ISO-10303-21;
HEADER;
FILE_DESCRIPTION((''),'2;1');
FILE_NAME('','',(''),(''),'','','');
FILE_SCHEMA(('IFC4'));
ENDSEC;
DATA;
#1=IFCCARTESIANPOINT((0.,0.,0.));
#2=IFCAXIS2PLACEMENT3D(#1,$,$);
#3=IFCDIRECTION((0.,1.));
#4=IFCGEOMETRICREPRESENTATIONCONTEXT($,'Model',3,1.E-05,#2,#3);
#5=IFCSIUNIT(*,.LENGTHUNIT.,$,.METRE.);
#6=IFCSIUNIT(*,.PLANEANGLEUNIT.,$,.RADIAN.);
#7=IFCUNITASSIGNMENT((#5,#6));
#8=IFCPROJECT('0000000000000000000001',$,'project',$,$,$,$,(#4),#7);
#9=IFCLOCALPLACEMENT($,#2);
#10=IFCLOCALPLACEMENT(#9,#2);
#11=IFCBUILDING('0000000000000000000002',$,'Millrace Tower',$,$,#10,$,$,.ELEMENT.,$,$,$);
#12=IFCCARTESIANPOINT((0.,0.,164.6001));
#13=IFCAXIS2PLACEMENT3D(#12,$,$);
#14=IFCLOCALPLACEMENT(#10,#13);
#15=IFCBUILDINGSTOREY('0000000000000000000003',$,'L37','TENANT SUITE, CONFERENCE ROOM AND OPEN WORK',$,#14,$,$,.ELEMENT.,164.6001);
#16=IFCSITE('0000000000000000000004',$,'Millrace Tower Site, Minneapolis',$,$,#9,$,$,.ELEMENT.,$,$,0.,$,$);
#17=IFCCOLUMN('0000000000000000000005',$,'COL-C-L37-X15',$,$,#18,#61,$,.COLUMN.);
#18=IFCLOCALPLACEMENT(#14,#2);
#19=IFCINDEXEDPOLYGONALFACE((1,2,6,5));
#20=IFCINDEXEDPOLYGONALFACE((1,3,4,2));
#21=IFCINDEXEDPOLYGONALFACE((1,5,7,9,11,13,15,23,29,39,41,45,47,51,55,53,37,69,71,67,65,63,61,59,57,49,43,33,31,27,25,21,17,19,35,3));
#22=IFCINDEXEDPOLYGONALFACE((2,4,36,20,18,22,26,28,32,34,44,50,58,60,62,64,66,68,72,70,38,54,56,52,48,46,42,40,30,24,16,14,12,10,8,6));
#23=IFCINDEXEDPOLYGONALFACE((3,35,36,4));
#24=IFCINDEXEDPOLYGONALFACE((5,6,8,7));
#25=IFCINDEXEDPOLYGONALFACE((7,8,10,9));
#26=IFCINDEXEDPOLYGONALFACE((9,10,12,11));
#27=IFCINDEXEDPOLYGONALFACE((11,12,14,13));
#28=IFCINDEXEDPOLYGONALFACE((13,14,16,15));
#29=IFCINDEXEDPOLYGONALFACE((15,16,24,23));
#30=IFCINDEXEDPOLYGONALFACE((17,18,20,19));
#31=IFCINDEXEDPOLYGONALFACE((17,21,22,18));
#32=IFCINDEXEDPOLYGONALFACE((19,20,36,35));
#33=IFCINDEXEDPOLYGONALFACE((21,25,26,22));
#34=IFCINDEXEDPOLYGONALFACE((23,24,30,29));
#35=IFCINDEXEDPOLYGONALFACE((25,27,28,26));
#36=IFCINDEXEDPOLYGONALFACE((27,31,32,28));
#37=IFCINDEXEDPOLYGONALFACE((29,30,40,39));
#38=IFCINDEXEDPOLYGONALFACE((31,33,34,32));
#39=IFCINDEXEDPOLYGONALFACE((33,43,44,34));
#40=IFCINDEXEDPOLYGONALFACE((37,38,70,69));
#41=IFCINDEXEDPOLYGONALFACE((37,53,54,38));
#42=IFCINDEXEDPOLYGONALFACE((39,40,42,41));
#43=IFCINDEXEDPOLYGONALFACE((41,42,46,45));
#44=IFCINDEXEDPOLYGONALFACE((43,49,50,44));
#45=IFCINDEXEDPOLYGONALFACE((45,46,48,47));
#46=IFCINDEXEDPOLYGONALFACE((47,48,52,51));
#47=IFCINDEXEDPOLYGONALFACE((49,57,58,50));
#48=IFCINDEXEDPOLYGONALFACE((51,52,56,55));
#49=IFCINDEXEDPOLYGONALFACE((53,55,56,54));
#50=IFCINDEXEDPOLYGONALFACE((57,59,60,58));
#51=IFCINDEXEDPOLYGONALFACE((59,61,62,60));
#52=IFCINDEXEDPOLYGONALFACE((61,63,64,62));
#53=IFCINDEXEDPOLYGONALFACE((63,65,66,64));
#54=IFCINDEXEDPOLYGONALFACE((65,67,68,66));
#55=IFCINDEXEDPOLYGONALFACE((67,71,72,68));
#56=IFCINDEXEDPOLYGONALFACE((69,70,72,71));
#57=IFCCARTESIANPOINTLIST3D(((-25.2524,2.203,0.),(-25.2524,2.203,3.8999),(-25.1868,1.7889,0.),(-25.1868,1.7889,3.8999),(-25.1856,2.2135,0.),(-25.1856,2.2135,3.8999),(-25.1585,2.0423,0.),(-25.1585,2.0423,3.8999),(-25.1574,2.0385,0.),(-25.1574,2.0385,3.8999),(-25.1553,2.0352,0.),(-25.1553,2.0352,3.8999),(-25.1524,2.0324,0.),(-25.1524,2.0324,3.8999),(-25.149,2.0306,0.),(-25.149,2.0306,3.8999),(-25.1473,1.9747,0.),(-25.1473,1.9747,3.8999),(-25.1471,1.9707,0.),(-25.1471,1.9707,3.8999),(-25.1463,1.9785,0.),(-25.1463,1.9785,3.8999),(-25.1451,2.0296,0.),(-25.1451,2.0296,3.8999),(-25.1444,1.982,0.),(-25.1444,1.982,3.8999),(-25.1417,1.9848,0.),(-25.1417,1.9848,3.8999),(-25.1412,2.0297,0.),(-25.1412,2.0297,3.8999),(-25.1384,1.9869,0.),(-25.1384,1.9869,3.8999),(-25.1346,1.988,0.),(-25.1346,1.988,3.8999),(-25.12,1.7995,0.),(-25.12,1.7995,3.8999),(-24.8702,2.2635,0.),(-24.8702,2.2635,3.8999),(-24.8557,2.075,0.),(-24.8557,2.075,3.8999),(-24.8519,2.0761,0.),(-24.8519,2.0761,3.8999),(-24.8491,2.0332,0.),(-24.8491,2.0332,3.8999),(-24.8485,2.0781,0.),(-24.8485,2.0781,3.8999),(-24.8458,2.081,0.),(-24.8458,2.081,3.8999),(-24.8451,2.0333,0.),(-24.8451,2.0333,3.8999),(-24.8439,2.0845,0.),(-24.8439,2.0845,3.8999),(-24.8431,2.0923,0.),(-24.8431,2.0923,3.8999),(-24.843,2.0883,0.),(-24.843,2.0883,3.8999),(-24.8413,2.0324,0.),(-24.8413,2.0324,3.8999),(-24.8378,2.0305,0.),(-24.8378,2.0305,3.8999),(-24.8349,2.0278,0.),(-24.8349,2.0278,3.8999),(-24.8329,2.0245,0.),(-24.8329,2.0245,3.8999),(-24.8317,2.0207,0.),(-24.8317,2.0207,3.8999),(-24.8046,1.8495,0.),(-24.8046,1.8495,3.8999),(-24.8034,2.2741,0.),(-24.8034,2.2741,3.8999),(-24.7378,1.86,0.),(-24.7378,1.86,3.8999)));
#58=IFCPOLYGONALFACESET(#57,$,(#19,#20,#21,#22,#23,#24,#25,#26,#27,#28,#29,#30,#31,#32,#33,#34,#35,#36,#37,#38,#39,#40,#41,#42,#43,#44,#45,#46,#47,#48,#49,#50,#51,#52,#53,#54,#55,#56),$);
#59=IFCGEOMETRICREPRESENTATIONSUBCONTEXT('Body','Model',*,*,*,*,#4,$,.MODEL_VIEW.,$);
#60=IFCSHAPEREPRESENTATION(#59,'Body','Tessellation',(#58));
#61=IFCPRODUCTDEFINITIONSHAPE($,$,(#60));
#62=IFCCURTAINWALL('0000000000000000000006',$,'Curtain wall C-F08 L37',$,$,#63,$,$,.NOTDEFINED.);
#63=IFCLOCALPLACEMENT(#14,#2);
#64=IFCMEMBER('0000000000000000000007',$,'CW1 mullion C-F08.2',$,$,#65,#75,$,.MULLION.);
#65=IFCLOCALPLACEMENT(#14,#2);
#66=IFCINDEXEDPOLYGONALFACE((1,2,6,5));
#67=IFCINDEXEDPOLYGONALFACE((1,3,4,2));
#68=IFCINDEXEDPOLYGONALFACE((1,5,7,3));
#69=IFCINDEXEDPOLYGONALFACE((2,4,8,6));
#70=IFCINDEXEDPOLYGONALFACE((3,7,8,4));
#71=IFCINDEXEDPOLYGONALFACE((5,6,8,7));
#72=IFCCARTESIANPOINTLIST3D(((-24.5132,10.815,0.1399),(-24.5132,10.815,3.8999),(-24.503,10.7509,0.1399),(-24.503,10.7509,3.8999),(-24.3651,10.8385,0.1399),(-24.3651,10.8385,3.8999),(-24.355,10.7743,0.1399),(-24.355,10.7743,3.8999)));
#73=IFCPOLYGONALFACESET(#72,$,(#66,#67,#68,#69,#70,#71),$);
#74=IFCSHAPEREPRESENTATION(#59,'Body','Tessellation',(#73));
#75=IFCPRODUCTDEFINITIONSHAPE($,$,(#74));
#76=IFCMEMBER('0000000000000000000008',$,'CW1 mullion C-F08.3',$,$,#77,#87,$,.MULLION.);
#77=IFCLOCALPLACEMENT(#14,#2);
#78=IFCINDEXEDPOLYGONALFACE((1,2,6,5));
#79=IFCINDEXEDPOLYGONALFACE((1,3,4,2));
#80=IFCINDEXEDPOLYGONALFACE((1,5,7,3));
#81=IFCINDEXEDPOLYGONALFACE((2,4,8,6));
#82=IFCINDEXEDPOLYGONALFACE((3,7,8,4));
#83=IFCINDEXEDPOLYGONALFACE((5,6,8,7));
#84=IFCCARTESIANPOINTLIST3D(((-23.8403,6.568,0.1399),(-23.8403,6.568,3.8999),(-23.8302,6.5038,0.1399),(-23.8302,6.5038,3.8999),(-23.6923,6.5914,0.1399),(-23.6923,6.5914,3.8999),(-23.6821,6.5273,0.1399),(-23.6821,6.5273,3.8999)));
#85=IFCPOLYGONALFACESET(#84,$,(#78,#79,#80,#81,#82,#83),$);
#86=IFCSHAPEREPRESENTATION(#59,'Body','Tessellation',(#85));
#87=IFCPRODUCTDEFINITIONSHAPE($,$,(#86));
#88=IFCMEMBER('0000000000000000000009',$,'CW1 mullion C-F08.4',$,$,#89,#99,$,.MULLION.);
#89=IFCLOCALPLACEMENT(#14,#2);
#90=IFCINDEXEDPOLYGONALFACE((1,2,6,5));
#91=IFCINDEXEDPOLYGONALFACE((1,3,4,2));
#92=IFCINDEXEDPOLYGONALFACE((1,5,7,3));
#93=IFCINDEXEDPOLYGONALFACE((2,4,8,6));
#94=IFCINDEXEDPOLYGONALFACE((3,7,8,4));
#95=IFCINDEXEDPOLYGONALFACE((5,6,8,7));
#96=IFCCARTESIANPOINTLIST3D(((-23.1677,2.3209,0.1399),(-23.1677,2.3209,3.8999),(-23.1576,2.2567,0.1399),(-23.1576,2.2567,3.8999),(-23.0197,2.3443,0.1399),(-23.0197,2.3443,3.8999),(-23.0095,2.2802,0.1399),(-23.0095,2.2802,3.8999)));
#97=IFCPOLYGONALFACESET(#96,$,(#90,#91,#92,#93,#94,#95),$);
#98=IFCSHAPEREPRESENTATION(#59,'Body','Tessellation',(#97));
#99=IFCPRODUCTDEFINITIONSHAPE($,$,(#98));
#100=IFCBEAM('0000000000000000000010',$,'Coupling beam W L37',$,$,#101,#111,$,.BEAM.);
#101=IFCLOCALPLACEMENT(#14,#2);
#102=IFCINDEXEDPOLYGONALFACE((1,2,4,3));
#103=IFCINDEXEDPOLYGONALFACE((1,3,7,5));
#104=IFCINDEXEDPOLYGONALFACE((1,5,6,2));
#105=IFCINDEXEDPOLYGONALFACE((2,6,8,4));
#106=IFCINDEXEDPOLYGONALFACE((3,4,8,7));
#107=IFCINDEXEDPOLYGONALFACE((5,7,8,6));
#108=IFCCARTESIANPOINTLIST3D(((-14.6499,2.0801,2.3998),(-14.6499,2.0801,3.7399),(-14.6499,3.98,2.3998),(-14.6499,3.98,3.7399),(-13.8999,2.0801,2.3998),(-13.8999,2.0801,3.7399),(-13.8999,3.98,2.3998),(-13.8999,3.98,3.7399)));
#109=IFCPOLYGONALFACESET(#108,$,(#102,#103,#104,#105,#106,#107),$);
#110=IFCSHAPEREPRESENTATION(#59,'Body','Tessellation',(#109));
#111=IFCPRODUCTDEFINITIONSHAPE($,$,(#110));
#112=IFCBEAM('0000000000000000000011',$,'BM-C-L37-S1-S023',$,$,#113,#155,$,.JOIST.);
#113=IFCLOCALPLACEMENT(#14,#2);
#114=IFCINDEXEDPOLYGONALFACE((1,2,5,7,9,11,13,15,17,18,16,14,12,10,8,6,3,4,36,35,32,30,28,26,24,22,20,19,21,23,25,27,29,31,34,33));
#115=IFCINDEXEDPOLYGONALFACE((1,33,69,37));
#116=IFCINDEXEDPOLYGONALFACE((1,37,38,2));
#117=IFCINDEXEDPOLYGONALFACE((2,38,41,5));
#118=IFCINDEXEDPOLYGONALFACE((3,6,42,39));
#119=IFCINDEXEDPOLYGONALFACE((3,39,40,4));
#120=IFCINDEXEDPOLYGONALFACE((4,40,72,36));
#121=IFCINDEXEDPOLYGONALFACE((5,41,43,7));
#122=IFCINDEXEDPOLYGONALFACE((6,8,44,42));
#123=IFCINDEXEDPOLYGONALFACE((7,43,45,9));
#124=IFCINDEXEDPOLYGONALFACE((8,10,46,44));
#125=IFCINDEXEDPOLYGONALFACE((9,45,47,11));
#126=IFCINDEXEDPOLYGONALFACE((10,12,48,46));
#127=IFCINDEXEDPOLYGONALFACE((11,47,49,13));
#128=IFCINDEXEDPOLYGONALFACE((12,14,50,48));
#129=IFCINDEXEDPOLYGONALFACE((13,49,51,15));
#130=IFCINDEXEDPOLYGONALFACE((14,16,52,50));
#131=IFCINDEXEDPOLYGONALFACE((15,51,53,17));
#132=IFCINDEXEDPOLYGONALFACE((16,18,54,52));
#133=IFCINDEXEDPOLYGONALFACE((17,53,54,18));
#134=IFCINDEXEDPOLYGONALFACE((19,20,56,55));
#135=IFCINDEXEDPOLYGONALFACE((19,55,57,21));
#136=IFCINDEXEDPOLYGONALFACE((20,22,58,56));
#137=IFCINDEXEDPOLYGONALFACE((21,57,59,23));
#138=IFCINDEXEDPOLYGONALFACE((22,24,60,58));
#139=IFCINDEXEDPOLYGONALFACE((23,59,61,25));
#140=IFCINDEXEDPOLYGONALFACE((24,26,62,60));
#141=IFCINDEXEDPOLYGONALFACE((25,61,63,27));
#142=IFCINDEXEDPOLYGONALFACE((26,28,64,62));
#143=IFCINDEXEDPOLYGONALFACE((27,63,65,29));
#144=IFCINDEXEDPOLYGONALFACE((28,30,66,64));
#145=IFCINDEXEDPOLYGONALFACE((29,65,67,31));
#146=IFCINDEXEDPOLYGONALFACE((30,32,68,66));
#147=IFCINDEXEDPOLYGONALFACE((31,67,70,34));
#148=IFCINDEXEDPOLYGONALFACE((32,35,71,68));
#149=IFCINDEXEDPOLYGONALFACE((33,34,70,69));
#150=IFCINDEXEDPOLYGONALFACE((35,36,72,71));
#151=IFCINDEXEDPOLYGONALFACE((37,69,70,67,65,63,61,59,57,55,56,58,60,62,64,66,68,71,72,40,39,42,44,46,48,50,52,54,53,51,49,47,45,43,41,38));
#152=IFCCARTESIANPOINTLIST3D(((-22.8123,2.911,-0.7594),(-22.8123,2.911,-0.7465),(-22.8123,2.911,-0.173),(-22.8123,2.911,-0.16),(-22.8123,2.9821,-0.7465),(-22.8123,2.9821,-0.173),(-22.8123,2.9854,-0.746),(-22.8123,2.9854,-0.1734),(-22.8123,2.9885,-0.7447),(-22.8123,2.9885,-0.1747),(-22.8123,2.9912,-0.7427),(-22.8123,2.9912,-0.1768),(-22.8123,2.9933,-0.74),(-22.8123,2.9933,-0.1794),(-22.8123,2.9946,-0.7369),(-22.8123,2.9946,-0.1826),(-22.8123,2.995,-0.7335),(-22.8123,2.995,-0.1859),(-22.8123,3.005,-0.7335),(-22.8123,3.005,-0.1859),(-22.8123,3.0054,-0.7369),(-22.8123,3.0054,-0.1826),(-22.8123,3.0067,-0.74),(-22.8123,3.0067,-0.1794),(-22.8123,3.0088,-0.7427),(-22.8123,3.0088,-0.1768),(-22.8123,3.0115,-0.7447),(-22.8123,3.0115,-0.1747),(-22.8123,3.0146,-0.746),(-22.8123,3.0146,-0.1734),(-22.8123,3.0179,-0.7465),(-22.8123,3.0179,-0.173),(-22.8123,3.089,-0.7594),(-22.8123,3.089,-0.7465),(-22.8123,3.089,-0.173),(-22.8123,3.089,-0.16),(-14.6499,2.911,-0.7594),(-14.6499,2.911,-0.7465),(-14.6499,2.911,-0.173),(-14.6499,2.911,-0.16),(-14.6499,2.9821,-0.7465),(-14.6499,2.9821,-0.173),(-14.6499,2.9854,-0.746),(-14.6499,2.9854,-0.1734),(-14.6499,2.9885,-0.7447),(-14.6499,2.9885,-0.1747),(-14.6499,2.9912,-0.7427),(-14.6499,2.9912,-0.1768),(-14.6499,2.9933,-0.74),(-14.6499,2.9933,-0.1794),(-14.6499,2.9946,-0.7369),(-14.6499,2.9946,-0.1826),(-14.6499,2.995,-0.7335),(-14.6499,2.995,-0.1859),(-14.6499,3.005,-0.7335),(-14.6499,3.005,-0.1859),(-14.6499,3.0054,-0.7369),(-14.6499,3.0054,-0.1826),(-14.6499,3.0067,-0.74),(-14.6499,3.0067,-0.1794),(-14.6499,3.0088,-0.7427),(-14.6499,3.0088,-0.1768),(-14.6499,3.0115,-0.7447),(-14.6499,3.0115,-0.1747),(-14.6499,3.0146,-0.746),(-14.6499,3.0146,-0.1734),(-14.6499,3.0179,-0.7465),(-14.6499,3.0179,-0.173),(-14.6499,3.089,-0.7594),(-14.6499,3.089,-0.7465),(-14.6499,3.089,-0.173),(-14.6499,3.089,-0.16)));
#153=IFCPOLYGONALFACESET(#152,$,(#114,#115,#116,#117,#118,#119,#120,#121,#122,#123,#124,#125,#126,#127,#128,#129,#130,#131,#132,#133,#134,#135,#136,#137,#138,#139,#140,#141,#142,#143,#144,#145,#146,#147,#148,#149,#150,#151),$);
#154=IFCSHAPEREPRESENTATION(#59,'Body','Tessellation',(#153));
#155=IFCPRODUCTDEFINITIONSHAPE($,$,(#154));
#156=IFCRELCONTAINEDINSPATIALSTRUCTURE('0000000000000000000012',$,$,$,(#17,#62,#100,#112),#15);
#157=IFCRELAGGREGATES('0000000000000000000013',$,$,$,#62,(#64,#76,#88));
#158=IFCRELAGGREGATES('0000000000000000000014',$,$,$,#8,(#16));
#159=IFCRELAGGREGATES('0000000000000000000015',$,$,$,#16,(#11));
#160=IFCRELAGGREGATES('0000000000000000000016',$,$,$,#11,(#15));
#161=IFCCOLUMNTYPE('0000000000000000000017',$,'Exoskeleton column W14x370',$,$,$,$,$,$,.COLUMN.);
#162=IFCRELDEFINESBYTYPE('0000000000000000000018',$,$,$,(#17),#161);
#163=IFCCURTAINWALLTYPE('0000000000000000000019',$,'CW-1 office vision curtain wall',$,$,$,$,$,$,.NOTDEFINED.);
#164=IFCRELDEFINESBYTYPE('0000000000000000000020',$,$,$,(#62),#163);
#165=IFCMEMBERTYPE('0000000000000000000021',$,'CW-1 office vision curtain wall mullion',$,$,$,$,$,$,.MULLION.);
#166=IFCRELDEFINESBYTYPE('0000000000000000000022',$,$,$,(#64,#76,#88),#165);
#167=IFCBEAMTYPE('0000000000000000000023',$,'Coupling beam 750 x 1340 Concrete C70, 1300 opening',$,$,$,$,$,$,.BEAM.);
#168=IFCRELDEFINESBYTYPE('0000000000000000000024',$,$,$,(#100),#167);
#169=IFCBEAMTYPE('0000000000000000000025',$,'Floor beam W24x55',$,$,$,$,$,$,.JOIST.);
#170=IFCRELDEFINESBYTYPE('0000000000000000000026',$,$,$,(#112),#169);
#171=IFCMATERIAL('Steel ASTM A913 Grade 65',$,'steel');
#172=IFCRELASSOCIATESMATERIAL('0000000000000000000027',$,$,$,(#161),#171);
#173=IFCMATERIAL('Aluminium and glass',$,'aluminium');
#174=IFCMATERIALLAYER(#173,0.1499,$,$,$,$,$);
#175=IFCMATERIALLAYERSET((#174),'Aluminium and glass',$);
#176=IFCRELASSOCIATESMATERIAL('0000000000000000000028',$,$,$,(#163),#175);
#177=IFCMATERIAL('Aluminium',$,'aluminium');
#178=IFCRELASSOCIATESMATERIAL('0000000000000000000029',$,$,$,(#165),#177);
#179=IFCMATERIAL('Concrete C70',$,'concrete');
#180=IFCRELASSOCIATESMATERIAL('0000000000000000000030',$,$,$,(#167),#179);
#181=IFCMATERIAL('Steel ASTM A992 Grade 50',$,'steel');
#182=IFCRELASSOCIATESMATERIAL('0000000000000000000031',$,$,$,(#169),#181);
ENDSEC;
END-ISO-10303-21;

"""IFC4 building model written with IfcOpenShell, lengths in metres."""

from ifc_helpers import new_model, si_unit, direction, frame, origin, origin_2d, place, context, subcontext, project, spatial, rectangle, i_section, extrude, material, layer, layer_set, material_profile, profile_set, type_object, element, aggregate, save


model = new_model("IFC4")

# Units and contexts
model_context = context("Model", 3, precision=1e-05, world=origin(), true_north=direction((0.0, 1.0)))
body_context = subcontext(model_context, "Body", "Model", "MODEL_VIEW")
ifc_project = project(units=[si_unit("LENGTHUNIT", "METRE"), si_unit("PLANEANGLEUNIT", "RADIAN")], contexts=[model_context])

# Site, building, storey
site_placement = place(None, origin())
site = spatial("IfcSite", under=ifc_project, at=site_placement, Name="Millrace Tower Site, Minneapolis", CompositionType="ELEMENT", RefElevation=0.0)
building_placement = place(site_placement, origin())
building = spatial("IfcBuilding", under=site, at=building_placement, Name="Millrace Tower", CompositionType="ELEMENT")
storey_placement = place(building_placement, frame((0.0, 0.0, 164.6001)))
storey = spatial("IfcBuildingStorey", under=building, at=storey_placement, Name="L37", Description="TENANT SUITE, CONFERENCE ROOM AND OPEN WORK", CompositionType="ELEMENT", Elevation=164.6001)

# Column
ifc_material_1 = material(Name="Steel ASTM A913 Grade 65", Category="steel")
ifc_material_profile_1 = material_profile(ifc_material_1, i_section(OverallWidth=0.4192, OverallDepth=0.4546, WebThickness=0.0422, FlangeThickness=0.0676, FilletRadius=0.0151, at=origin_2d()))
ifc_profile_set_1 = profile_set([ifc_material_profile_1], Name="Steel ASTM A913 Grade 65")
column_type = type_object("IfcColumnType", Name="Exoskeleton column W14x370", PredefinedType="COLUMN", material=ifc_profile_set_1)
column_placement = place(storey_placement, frame((-24.9951, 2.0315, 0.0), z_axis=(0.0, 0.0, 1.0), x_axis=(0.156434, -0.987688, 0.0)))
element("IfcColumn", 1, at=column_placement, inside=storey, type_object=column_type, Name="COL-C-L37-X15", PredefinedType="COLUMN", context=body_context, shape_type="SweptSolid", body=[
    extrude(i_section(OverallWidth=0.4192, OverallDepth=0.4546, WebThickness=0.0422, FlangeThickness=0.0676, FilletRadius=0.0151, at=origin_2d()), origin(), (0.0, 0.0, 1.0), 3.8999),
])

# Curtain wall, members
ifc_material_2 = material(Name="Aluminium and glass", Category="aluminium")
ifc_layer_1 = layer(ifc_material_2, 0.1499)
ifc_layer_set_1 = layer_set([ifc_layer_1], Name="Aluminium and glass")
curtain_wall_type = type_object("IfcCurtainWallType", Name="CW-1 office vision curtain wall", PredefinedType="NOTDEFINED", material=ifc_layer_set_1)
placement = place(storey_placement, origin())
curtain_wall = element("IfcCurtainWall", 2, at=placement, inside=storey, type_object=curtain_wall_type, Name="Curtain wall C-F08 L37", PredefinedType="NOTDEFINED")
ifc_material_3 = material(Name="Aluminium", Category="aluminium")
ifc_material_profile_2 = material_profile(ifc_material_3, rectangle(XDim=0.0649, YDim=0.1499, at=origin_2d()))
ifc_profile_set_2 = profile_set([ifc_material_profile_2], Name="Aluminium")
member_type = type_object("IfcMemberType", Name="CW-1 office vision curtain wall mullion", PredefinedType="MULLION", material=ifc_profile_set_2)
member_1_placement = place(storey_placement, frame((-24.4341, 10.7947, 0.1399), z_axis=(0.0, 0.0, 1.0), x_axis=(0.156434, -0.987688, 0.0)))
member_1 = element("IfcMember", 3, at=member_1_placement, type_object=member_type, Name="CW1 mullion C-F08.2", PredefinedType="MULLION", context=body_context, shape_type="SweptSolid", body=[
    extrude(rectangle(XDim=0.0649, YDim=0.1499, at=origin_2d()), origin(), (0.0, 0.0, 1.0), 3.76),
])
member_2_placement = place(storey_placement, frame((-23.7612, 6.5476, 0.1399), z_axis=(0.0, 0.0, 1.0), x_axis=(0.156434, -0.987688, 0.0)))
member_2 = element("IfcMember", 4, at=member_2_placement, type_object=member_type, Name="CW1 mullion C-F08.3", PredefinedType="MULLION", context=body_context, shape_type="SweptSolid", body=[
    extrude(rectangle(XDim=0.0649, YDim=0.1499, at=origin_2d()), origin(), (0.0, 0.0, 1.0), 3.76),
])
member_3_placement = place(storey_placement, frame((-23.0886, 2.3005, 0.1399), z_axis=(0.0, 0.0, 1.0), x_axis=(0.156434, -0.987688, 0.0)))
member_3 = element("IfcMember", 5, at=member_3_placement, type_object=member_type, Name="CW1 mullion C-F08.4", PredefinedType="MULLION", context=body_context, shape_type="SweptSolid", body=[
    extrude(rectangle(XDim=0.0649, YDim=0.1499, at=origin_2d()), origin(), (0.0, 0.0, 1.0), 3.76),
])
aggregate(curtain_wall, [member_1, member_2, member_3])

# Beams
ifc_material_4 = material(Name="Concrete C70", Category="concrete")
ifc_material_profile_3 = material_profile(ifc_material_4, rectangle(XDim=0.75, YDim=1.3401, at=origin_2d()))
ifc_profile_set_3 = profile_set([ifc_material_profile_3], Name="Concrete C70")
beam_type_1 = type_object("IfcBeamType", Name="Coupling beam 750 x 1340 Concrete C70, 1300 opening", PredefinedType="BEAM", material=ifc_profile_set_3)
beam_1_placement = place(storey_placement, frame((-14.2749, 2.0801, 3.0698), z_axis=(0.0, 1.0, 0.0), x_axis=(-1.0, 0.0, 0.0)))
element("IfcBeam", 6, at=beam_1_placement, inside=storey, type_object=beam_type_1, Name="Coupling beam W L37", PredefinedType="BEAM", context=body_context, shape_type="SweptSolid", body=[
    extrude(rectangle(XDim=0.75, YDim=1.3401, at=origin_2d()), origin(), (0.0, 0.0, 1.0), 1.8999),
])
ifc_material_5 = material(Name="Steel ASTM A992 Grade 50", Category="steel")
ifc_material_profile_4 = material_profile(ifc_material_5, i_section(OverallWidth=0.178, OverallDepth=0.5994, WebThickness=0.01, FlangeThickness=0.0129, FilletRadius=0.0129, at=origin_2d()))
ifc_profile_set_4 = profile_set([ifc_material_profile_4], Name="Steel ASTM A992 Grade 50")
beam_type_2 = type_object("IfcBeamType", Name="Floor beam W24x55", PredefinedType="JOIST", material=ifc_profile_set_4)
beam_2_placement = place(storey_placement, frame((-22.8123, 3.0, -0.4597), z_axis=(1.0, 0.0, 0.0), x_axis=(0.0, 1.0, 0.0)))
element("IfcBeam", 7, at=beam_2_placement, inside=storey, type_object=beam_type_2, Name="BM-C-L37-S1-S023", PredefinedType="JOIST", context=body_context, shape_type="SweptSolid", body=[
    extrude(i_section(OverallWidth=0.178, OverallDepth=0.5994, WebThickness=0.01, FlangeThickness=0.0129, FilletRadius=0.0129, at=origin_2d()), origin(), (0.0, 0.0, 1.0), 8.1624),
])

save(model, "model.ifc")
